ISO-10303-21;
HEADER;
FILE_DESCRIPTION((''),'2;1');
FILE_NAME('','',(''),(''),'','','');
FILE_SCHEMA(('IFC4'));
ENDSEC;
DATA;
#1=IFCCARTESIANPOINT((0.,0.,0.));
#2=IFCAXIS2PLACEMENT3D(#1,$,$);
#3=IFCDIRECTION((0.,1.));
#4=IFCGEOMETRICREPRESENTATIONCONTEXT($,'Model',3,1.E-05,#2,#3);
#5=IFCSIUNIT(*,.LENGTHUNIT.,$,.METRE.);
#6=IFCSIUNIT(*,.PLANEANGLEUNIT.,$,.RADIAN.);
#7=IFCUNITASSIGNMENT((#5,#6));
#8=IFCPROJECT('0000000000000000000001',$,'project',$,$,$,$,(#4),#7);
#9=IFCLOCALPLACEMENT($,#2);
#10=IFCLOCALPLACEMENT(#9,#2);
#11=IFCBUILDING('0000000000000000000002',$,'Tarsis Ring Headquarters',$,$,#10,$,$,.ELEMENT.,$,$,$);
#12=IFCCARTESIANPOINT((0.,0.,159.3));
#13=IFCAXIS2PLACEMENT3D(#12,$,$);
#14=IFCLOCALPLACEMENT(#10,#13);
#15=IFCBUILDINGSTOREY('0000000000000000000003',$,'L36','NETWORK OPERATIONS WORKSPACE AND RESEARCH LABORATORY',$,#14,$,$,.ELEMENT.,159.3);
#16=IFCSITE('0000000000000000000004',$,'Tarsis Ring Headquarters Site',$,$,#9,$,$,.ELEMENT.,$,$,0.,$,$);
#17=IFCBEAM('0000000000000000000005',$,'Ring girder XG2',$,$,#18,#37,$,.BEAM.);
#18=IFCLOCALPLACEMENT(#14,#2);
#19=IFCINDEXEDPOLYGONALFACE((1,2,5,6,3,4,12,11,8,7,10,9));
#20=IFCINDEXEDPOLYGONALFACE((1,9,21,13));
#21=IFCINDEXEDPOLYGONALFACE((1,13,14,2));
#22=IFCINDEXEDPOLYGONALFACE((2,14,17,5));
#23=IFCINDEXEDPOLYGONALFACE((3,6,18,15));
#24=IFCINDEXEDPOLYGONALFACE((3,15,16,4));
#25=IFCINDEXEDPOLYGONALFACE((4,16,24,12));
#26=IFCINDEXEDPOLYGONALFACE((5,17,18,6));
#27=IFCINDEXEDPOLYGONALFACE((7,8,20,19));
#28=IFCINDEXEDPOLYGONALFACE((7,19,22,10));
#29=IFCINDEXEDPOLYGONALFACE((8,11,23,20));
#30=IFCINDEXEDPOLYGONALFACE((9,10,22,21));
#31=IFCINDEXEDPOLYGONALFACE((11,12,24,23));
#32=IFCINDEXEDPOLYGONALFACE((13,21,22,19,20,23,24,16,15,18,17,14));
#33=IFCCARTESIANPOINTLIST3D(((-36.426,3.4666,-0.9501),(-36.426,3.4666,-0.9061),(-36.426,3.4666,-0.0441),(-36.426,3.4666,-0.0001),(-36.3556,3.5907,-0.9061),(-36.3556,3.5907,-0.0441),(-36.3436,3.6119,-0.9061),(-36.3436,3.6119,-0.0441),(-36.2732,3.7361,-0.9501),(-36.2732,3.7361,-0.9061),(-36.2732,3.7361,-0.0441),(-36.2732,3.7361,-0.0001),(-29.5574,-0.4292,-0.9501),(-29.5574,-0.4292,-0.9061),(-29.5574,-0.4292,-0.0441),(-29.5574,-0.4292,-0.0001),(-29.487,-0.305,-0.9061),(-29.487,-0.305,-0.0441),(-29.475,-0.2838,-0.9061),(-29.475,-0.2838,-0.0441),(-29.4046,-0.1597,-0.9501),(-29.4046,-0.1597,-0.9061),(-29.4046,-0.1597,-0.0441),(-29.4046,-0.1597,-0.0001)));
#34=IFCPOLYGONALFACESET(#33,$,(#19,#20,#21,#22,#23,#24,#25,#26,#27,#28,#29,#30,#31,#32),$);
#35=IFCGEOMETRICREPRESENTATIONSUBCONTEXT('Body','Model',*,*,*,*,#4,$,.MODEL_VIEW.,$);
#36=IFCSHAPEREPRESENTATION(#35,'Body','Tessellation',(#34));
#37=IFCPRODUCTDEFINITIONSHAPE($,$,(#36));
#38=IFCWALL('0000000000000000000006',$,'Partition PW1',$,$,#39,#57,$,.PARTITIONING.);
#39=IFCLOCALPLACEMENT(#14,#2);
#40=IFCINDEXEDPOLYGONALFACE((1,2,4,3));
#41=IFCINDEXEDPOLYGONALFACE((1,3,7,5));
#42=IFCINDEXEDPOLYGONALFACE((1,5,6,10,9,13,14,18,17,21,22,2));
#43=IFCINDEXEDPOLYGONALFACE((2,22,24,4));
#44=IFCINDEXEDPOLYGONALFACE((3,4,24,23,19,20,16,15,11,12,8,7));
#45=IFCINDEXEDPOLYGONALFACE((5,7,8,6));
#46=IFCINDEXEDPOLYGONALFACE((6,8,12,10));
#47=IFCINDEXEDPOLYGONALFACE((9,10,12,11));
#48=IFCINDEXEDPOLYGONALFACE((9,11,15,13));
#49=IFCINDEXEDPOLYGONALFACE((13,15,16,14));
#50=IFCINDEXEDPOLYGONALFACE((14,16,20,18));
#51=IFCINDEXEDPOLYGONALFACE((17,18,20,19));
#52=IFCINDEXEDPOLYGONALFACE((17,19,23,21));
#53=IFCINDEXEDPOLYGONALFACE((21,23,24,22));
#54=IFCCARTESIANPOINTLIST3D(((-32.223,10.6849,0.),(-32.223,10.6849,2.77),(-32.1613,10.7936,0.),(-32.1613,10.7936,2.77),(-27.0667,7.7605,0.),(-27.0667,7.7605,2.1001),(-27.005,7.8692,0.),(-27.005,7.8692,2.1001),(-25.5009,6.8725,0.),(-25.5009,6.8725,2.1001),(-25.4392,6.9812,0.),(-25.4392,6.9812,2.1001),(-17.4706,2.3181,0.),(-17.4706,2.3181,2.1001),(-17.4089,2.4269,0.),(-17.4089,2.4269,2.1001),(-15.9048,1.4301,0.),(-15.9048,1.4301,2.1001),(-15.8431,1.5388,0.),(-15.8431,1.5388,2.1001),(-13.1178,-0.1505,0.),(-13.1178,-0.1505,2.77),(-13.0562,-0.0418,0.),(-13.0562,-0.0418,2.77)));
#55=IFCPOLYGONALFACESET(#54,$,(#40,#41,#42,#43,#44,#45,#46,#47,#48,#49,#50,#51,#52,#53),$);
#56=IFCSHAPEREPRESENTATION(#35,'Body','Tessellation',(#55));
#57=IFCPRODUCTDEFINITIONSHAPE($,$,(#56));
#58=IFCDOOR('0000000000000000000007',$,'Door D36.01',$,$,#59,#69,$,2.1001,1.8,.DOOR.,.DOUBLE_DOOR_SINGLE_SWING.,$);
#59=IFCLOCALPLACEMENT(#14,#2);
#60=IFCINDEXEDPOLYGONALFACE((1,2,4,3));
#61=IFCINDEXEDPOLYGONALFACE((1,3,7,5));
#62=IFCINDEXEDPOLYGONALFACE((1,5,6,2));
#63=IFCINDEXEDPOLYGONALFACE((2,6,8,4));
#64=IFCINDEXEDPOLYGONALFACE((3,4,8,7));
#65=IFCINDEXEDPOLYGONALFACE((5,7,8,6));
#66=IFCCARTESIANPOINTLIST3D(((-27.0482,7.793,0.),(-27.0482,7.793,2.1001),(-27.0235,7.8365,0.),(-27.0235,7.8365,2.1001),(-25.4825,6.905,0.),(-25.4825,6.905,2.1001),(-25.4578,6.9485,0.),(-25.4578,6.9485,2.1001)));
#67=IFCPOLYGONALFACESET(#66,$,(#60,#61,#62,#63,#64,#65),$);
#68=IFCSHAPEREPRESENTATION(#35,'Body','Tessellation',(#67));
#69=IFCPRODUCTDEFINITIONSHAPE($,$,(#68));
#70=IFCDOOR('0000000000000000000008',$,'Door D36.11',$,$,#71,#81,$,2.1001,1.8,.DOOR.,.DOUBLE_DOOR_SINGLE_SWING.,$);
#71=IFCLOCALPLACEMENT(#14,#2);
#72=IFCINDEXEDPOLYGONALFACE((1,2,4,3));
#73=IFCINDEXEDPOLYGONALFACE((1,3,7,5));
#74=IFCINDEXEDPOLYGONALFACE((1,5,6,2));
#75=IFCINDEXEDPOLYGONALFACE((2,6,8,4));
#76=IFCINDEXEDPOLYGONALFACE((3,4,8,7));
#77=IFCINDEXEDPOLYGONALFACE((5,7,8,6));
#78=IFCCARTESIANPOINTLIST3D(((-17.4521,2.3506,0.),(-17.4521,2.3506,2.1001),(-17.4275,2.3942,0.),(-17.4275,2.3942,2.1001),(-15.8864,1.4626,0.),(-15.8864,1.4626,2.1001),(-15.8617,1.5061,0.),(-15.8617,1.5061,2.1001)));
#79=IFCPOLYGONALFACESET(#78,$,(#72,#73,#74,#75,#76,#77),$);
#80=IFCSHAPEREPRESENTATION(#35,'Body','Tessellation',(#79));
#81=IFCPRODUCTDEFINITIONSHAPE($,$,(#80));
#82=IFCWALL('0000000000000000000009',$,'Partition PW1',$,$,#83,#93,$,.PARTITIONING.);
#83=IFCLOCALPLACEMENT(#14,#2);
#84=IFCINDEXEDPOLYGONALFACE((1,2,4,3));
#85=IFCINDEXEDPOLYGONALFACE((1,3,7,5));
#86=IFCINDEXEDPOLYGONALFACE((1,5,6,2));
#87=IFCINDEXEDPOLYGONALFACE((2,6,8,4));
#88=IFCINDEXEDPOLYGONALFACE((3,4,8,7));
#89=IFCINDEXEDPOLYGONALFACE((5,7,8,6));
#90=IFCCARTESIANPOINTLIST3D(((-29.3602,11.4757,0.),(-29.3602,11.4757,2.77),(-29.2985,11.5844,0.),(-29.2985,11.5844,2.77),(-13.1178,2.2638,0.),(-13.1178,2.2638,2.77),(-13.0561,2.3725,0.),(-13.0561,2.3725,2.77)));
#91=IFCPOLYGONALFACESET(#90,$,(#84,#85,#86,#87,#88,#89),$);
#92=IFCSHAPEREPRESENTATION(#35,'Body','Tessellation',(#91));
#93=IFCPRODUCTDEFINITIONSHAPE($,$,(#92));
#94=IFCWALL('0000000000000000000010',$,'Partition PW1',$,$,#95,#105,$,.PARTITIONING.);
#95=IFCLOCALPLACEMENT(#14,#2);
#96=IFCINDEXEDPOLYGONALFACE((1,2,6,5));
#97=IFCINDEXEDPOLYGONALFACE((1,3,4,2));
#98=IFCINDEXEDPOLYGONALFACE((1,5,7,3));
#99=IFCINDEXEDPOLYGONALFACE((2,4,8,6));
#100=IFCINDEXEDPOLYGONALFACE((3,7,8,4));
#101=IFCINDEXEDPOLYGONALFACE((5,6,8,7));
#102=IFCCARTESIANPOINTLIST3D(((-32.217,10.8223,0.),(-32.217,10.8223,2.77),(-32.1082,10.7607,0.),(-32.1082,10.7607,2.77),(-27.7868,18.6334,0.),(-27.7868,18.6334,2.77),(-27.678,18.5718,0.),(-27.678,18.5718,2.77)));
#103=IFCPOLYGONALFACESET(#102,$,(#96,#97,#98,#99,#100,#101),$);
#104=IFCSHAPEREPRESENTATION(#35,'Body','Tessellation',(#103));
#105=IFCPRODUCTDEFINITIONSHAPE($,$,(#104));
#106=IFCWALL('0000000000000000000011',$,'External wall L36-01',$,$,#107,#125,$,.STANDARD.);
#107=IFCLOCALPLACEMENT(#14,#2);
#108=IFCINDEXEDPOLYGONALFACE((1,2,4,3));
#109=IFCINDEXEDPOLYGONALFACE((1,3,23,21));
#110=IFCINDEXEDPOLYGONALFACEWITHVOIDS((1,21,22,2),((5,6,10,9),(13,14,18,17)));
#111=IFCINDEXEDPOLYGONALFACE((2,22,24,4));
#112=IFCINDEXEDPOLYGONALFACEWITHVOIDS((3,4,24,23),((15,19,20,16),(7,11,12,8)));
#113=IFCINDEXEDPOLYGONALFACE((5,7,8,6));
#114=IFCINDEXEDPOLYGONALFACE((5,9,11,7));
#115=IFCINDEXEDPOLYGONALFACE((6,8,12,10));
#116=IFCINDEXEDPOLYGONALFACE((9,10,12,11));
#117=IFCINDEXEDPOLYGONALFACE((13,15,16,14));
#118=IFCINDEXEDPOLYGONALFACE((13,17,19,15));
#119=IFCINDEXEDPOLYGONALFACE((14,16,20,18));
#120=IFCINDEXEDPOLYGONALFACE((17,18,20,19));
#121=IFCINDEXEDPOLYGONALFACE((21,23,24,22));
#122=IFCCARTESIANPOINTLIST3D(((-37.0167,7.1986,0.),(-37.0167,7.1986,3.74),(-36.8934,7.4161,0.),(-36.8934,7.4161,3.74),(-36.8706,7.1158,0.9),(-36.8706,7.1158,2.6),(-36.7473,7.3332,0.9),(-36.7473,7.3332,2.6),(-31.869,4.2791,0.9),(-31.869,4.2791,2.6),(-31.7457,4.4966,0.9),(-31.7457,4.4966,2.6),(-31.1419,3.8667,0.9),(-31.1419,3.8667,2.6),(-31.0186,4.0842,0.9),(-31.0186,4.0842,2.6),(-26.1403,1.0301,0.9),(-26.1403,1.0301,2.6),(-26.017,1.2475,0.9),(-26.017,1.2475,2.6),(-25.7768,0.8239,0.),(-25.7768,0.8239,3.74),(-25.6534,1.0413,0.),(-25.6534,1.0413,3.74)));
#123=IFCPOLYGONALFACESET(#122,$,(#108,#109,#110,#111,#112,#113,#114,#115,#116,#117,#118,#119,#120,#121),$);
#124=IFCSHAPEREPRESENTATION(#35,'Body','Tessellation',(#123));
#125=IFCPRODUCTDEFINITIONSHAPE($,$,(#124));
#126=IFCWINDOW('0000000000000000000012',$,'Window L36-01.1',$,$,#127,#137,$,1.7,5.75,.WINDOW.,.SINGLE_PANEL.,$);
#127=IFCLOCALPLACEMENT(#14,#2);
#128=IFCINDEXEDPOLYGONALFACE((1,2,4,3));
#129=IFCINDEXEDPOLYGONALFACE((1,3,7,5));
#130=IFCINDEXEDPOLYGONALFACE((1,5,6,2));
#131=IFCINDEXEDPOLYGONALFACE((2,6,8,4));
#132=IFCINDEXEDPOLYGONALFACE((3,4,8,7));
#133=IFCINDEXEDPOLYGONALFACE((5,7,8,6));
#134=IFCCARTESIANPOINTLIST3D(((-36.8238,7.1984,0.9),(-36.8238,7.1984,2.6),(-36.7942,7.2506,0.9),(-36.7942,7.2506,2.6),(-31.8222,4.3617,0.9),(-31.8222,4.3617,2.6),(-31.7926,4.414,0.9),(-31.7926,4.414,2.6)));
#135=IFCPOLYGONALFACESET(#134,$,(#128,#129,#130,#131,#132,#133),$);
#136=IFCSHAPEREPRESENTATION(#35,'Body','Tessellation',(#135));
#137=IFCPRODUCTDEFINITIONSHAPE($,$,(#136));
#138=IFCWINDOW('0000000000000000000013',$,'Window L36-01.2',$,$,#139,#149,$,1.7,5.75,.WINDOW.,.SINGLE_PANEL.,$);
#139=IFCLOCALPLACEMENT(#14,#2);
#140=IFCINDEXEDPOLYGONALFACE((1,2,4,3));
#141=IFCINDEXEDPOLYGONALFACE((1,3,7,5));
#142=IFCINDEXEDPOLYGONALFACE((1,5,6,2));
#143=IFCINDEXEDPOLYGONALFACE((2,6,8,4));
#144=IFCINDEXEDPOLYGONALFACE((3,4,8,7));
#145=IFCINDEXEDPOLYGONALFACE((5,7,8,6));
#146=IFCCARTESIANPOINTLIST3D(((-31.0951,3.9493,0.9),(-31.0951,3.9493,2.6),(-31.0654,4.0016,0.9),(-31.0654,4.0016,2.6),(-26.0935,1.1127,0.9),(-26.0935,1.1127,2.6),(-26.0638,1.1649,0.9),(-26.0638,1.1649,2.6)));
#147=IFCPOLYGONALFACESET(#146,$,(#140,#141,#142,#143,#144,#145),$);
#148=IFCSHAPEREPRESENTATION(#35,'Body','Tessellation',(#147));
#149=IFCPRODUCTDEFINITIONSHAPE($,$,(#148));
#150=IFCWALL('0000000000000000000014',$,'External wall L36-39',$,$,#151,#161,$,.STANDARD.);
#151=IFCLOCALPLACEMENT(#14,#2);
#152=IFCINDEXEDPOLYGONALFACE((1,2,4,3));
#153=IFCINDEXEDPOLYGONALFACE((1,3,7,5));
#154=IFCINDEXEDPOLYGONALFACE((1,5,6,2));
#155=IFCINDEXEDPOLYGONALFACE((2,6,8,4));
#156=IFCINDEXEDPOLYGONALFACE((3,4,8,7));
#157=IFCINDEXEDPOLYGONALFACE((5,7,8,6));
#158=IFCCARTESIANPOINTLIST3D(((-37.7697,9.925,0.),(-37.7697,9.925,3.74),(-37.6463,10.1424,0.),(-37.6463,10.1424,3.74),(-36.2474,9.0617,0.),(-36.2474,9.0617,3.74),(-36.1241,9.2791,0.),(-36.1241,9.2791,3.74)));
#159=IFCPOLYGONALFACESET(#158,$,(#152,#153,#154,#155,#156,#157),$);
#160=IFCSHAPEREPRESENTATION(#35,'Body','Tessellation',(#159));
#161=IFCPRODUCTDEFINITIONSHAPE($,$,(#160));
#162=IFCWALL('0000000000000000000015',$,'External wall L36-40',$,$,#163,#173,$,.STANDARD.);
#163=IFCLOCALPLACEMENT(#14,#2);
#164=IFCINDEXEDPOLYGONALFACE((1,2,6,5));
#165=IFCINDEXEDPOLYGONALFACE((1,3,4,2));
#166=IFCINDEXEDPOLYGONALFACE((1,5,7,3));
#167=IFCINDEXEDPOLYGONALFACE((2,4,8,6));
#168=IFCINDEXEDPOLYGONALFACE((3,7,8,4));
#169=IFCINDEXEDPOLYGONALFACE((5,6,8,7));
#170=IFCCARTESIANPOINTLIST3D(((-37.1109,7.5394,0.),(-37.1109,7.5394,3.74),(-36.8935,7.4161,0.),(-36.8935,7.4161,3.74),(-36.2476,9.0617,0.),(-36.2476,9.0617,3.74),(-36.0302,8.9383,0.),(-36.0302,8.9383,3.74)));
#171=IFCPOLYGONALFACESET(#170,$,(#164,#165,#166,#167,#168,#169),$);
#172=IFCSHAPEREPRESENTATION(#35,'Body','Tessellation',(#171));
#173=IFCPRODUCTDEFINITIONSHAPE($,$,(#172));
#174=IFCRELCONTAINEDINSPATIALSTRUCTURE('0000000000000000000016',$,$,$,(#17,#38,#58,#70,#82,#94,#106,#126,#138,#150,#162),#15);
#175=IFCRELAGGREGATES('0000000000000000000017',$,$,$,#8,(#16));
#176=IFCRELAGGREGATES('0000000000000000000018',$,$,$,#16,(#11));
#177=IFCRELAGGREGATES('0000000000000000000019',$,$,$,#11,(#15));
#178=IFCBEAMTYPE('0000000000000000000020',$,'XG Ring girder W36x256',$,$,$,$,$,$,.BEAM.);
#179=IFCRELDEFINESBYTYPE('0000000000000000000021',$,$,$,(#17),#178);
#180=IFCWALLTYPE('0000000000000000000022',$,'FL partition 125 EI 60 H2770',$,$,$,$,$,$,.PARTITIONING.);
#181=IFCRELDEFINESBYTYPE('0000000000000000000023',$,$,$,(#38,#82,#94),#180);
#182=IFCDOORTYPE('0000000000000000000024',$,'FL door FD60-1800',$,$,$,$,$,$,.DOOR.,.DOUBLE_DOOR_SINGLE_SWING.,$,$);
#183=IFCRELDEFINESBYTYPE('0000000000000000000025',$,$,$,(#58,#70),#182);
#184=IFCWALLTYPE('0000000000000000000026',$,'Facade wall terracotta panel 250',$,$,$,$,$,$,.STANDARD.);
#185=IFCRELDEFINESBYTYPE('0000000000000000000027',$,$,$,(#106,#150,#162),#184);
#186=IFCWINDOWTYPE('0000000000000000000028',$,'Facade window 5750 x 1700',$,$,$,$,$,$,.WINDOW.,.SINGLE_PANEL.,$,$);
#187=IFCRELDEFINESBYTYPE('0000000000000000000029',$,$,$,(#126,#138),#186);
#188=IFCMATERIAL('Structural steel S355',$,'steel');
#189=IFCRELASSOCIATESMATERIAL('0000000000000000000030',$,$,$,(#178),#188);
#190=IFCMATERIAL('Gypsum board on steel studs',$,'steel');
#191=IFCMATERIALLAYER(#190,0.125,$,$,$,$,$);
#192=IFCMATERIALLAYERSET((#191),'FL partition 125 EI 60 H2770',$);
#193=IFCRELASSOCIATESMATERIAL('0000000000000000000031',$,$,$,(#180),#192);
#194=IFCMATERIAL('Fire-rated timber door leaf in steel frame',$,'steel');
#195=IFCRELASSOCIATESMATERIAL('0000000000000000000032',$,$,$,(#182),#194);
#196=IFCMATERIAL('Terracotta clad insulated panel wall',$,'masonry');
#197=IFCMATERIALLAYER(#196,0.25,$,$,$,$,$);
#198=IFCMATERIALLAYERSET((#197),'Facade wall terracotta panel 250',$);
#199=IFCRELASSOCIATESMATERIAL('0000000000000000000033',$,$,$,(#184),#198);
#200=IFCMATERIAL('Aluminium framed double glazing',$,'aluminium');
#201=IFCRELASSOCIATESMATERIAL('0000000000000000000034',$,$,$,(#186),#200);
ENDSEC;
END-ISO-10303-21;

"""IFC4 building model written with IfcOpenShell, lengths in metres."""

from ifc_helpers import new_model, si_unit, direction, frame, frame_2d, origin, origin_2d, place, context, subcontext, project, spatial, rectangle, i_section, extrude, material, layer, layer_set, material_profile, profile_set, type_object, element, fill, save


model = new_model("IFC4")

# Units and contexts
model_context = context("Model", 3, precision=1e-05, world=origin(), true_north=direction((0.0, 1.0)))
body_context = subcontext(model_context, "Body", "Model", "MODEL_VIEW")
ifc_project = project(units=[si_unit("LENGTHUNIT", "METRE"), si_unit("PLANEANGLEUNIT", "RADIAN")], contexts=[model_context])

# Site, building, storey
site_placement = place(None, origin())
site = spatial("IfcSite", under=ifc_project, at=site_placement, Name="Tarsis Ring Headquarters Site", CompositionType="ELEMENT", RefElevation=0.0)
building_placement = place(site_placement, origin())
building = spatial("IfcBuilding", under=site, at=building_placement, Name="Tarsis Ring Headquarters", CompositionType="ELEMENT")
storey_placement = place(building_placement, frame((0.0, 0.0, 159.3)))
storey = spatial("IfcBuildingStorey", under=building, at=storey_placement, Name="L36", Description="NETWORK OPERATIONS WORKSPACE AND RESEARCH LABORATORY", CompositionType="ELEMENT", Elevation=159.3)

# Shared definitions
ifc_material_1 = material(Name="Structural steel S355", Category="steel")

# Beam
ifc_material_profile_1 = material_profile(ifc_material_1, i_section(OverallWidth=0.3098, OverallDepth=0.95, WebThickness=0.0244, FlangeThickness=0.0439, at=origin_2d()), Name="W36x256")
ifc_profile_set_1 = profile_set([ifc_material_profile_1], Name="Structural steel S355")
beam_type = type_object("IfcBeamType", Name="XG Ring girder W36x256", PredefinedType="BEAM", material=ifc_profile_set_1)
for number, where, z_axis, x_axis, name in (
    (1, (-36.3496, 3.6013, -0.4751), (0.869831, -0.49335, 0.0), (0.49335, 0.869831, 0.0), "Ring girder XG2"),
):
    element("IfcBeam", number, at=place(storey_placement, frame(where, z_axis=z_axis, x_axis=x_axis)), inside=storey, type_object=beam_type, Name=name, PredefinedType="BEAM", context=body_context, shape_type="SweptSolid", body=[
        extrude(i_section(OverallWidth=0.3098, OverallDepth=0.95, WebThickness=0.0244, FlangeThickness=0.0439, at=origin_2d()), origin(), (0.0, 0.0, 1.0), 7.8965),
    ])

# Wall, openings, doors
ifc_material_2 = material(Name="Gypsum board on steel studs", Category="steel")
ifc_layer_1 = layer(ifc_material_2, 0.125)
ifc_layer_set_1 = layer_set([ifc_layer_1], Name="FL partition 125 EI 60 H2770")
wall_type_1 = type_object("IfcWallType", Name="FL partition 125 EI 60 H2770", PredefinedType="PARTITIONING", material=ifc_layer_set_1)
wall_1_placement = place(storey_placement, frame((-32.1921, 10.7393, 0.0), z_axis=(0.0, 0.0, 1.0), x_axis=(0.869843, -0.493328, 0.0)))
wall_1 = element("IfcWall", 2, at=wall_1_placement, inside=storey, type_object=wall_type_1, Name="Partition PW1", PredefinedType="PARTITIONING", context=body_context, shape_type="SweptSolid", body=[
    extrude(rectangle(XDim=21.9639, YDim=0.125, at=frame_2d((10.9819, 0.0))), origin(), (0.0, 0.0, 1.0), 2.77),
])
opening_1_placement = place(wall_1_placement, frame((5.928, 0.0, 0.0)))
opening_1 = element("IfcOpeningElement", 3, at=opening_1_placement, cuts=wall_1, PredefinedType="OPENING", context=body_context, shape_type="SweptSolid", body=[
    extrude(rectangle(XDim=1.8, YDim=2.1001, at=frame_2d((0.8999, 1.05))), frame((0.0, 0.0725, 0.0), z_axis=(0.0, -1.0, 0.0), x_axis=(1.0, 0.0, 0.0)), (0.0, 0.0, 1.0), 0.145),
])
opening_2_placement = place(wall_1_placement, frame((16.96, 0.0, 0.0)))
opening_2 = element("IfcOpeningElement", 4, at=opening_2_placement, cuts=wall_1, PredefinedType="OPENING", context=body_context, shape_type="SweptSolid", body=[
    extrude(rectangle(XDim=1.8, YDim=2.1001, at=frame_2d((0.8999, 1.05))), frame((0.0, 0.0725, 0.0), z_axis=(0.0, -1.0, 0.0), x_axis=(1.0, 0.0, 0.0)), (0.0, 0.0, 1.0), 0.145),
])
ifc_material_3 = material(Name="Fire-rated timber door leaf in steel frame", Category="steel")
door_type = type_object("IfcDoorType", Name="FL door FD60-1800", OperationType="DOUBLE_DOOR_SINGLE_SWING", PredefinedType="DOOR", material=ifc_material_3)
door_1_placement = place(opening_1_placement, origin())
door_1 = element("IfcDoor", 5, at=door_1_placement, inside=storey, type_object=door_type, Name="Door D36.01", OperationType="DOUBLE_DOOR_SINGLE_SWING", OverallHeight=2.1001, OverallWidth=1.8, PredefinedType="DOOR", context=body_context, shape_type="SweptSolid", body=[
    extrude(rectangle(XDim=1.8, YDim=2.1001, at=frame_2d((0.8999, 1.05))), frame((0.0, 0.0249, 0.0), z_axis=(0.0, -1.0, 0.0), x_axis=(1.0, 0.0, 0.0)), (0.0, 0.0, 1.0), 0.05),
])
fill(opening_1, door_1)
door_2_placement = place(opening_2_placement, origin())
door_2 = element("IfcDoor", 6, at=door_2_placement, inside=storey, type_object=door_type, Name="Door D36.11", OperationType="DOUBLE_DOOR_SINGLE_SWING", OverallHeight=2.1001, OverallWidth=1.8, PredefinedType="DOOR", context=body_context, shape_type="SweptSolid", body=[
    extrude(rectangle(XDim=1.8, YDim=2.1001, at=frame_2d((0.8999, 1.05))), frame((0.0, 0.0249, 0.0), z_axis=(0.0, -1.0, 0.0), x_axis=(1.0, 0.0, 0.0)), (0.0, 0.0, 1.0), 0.05),
])
fill(opening_2, door_2)

# Walls
wall_2_placement = place(storey_placement, frame((-29.3293, 11.53, 0.0), z_axis=(0.0, 0.0, 1.0), x_axis=(0.869841, -0.493332, 0.0)))
element("IfcWall", 7, at=wall_2_placement, inside=storey, type_object=wall_type_1, Name="Partition PW1", PredefinedType="PARTITIONING", context=body_context, shape_type="SweptSolid", body=[
    extrude(rectangle(XDim=18.6729, YDim=0.125, at=frame_2d((9.3364, 0.0))), origin(), (0.0, 0.0, 1.0), 2.77),
])
wall_3_placement = place(storey_placement, frame((-32.1626, 10.7915, 0.0), z_axis=(0.0, 0.0, 1.0), x_axis=(0.493343, 0.869835, 0.0)))
element("IfcWall", 8, at=wall_3_placement, inside=storey, type_object=wall_type_1, Name="Partition PW1", PredefinedType="PARTITIONING", context=body_context, shape_type="SweptSolid", body=[
    extrude(rectangle(XDim=8.98, YDim=0.125, at=frame_2d((4.49, 0.0))), origin(), (0.0, 0.0, 1.0), 2.77),
])

# Wall, openings, windows
ifc_material_4 = material(Name="Terracotta clad insulated panel wall", Category="masonry")
ifc_layer_2 = layer(ifc_material_4, 0.25)
ifc_layer_set_2 = layer_set([ifc_layer_2], Name="Facade wall terracotta panel 250")
wall_type_2 = type_object("IfcWallType", Name="Facade wall terracotta panel 250", PredefinedType="STANDARD", material=ifc_layer_set_2)
wall_4_placement = place(storey_placement, frame((-36.9551, 7.3074, 0.0), z_axis=(0.0, 0.0, 1.0), x_axis=(0.869842, -0.493331, 0.0)))
wall_4 = element("IfcWall", 9, at=wall_4_placement, inside=storey, type_object=wall_type_2, Name="External wall L36-01", PredefinedType="STANDARD", context=body_context, shape_type="SweptSolid", body=[
    extrude(rectangle(XDim=12.9219, YDim=0.25, at=frame_2d((6.4609, 0.0))), origin(), (0.0, 0.0, 1.0), 3.74),
])
opening_3_placement = place(wall_4_placement, frame((0.168, 0.0, 0.8999)))
opening_3 = element("IfcOpeningElement", 10, at=opening_3_placement, cuts=wall_4, PredefinedType="OPENING", context=body_context, shape_type="SweptSolid", body=[
    extrude(rectangle(XDim=5.75, YDim=1.7, at=frame_2d((2.875, 0.8501))), frame((0.0, 0.135, 0.0), z_axis=(0.0, -1.0, 0.0), x_axis=(1.0, 0.0, 0.0)), (0.0, 0.0, 1.0), 0.27),
])
opening_4_placement = place(wall_4_placement, frame((6.7539, 0.0, 0.8999)))
opening_4 = element("IfcOpeningElement", 11, at=opening_4_placement, cuts=wall_4, PredefinedType="OPENING", context=body_context, shape_type="SweptSolid", body=[
    extrude(rectangle(XDim=5.75, YDim=1.7, at=frame_2d((2.875, 0.8501))), frame((0.0, 0.135, 0.0), z_axis=(0.0, -1.0, 0.0), x_axis=(1.0, 0.0, 0.0)), (0.0, 0.0, 1.0), 0.27),
])
ifc_material_5 = material(Name="Aluminium framed double glazing", Category="aluminium")
window_type = type_object("IfcWindowType", Name="Facade window 5750 x 1700", PartitioningType="SINGLE_PANEL", PredefinedType="WINDOW", material=ifc_material_5)
window_1_placement = place(opening_3_placement, origin())
window_1 = element("IfcWindow", 12, at=window_1_placement, inside=storey, type_object=window_type, Name="Window L36-01.1", OverallHeight=1.7, OverallWidth=5.75, PartitioningType="SINGLE_PANEL", PredefinedType="WINDOW", context=body_context, shape_type="SweptSolid", body=[
    extrude(rectangle(XDim=5.75, YDim=1.7, at=frame_2d((2.875, 0.8501))), frame((0.0, 0.03, 0.0), z_axis=(0.0, -1.0, 0.0), x_axis=(1.0, 0.0, 0.0)), (0.0, 0.0, 1.0), 0.0601),
])
fill(opening_3, window_1)
window_2_placement = place(opening_4_placement, origin())
window_2 = element("IfcWindow", 13, at=window_2_placement, inside=storey, type_object=window_type, Name="Window L36-01.2", OverallHeight=1.7, OverallWidth=5.75, PartitioningType="SINGLE_PANEL", PredefinedType="WINDOW", context=body_context, shape_type="SweptSolid", body=[
    extrude(rectangle(XDim=5.75, YDim=1.7, at=frame_2d((2.875, 0.8501))), frame((0.0, 0.03, 0.0), z_axis=(0.0, -1.0, 0.0), x_axis=(1.0, 0.0, 0.0)), (0.0, 0.0, 1.0), 0.0601),
])
fill(opening_4, window_2)

# Walls
for number, where, z_axis, x_axis, name in (
    (14, (-37.708, 10.0337, 0.0), (0.0, 0.0, 1.0), (0.869853, -0.493312, 0.0), "External wall L36-39"),
    (15, (-36.1389, 9.0, 0.0), (0.0, 0.0, 1.0), (-0.493312, -0.869853, 0.0), "External wall L36-40"),
):
    element("IfcWall", number, at=place(storey_placement, frame(where, z_axis=z_axis, x_axis=x_axis)), inside=storey, type_object=wall_type_2, Name=name, PredefinedType="STANDARD", context=body_context, shape_type="SweptSolid", body=[
        extrude(rectangle(XDim=1.75, YDim=0.25, at=frame_2d((0.875, 0.0))), origin(), (0.0, 0.0, 1.0), 3.74),
    ])

save(model, "model.ifc")
